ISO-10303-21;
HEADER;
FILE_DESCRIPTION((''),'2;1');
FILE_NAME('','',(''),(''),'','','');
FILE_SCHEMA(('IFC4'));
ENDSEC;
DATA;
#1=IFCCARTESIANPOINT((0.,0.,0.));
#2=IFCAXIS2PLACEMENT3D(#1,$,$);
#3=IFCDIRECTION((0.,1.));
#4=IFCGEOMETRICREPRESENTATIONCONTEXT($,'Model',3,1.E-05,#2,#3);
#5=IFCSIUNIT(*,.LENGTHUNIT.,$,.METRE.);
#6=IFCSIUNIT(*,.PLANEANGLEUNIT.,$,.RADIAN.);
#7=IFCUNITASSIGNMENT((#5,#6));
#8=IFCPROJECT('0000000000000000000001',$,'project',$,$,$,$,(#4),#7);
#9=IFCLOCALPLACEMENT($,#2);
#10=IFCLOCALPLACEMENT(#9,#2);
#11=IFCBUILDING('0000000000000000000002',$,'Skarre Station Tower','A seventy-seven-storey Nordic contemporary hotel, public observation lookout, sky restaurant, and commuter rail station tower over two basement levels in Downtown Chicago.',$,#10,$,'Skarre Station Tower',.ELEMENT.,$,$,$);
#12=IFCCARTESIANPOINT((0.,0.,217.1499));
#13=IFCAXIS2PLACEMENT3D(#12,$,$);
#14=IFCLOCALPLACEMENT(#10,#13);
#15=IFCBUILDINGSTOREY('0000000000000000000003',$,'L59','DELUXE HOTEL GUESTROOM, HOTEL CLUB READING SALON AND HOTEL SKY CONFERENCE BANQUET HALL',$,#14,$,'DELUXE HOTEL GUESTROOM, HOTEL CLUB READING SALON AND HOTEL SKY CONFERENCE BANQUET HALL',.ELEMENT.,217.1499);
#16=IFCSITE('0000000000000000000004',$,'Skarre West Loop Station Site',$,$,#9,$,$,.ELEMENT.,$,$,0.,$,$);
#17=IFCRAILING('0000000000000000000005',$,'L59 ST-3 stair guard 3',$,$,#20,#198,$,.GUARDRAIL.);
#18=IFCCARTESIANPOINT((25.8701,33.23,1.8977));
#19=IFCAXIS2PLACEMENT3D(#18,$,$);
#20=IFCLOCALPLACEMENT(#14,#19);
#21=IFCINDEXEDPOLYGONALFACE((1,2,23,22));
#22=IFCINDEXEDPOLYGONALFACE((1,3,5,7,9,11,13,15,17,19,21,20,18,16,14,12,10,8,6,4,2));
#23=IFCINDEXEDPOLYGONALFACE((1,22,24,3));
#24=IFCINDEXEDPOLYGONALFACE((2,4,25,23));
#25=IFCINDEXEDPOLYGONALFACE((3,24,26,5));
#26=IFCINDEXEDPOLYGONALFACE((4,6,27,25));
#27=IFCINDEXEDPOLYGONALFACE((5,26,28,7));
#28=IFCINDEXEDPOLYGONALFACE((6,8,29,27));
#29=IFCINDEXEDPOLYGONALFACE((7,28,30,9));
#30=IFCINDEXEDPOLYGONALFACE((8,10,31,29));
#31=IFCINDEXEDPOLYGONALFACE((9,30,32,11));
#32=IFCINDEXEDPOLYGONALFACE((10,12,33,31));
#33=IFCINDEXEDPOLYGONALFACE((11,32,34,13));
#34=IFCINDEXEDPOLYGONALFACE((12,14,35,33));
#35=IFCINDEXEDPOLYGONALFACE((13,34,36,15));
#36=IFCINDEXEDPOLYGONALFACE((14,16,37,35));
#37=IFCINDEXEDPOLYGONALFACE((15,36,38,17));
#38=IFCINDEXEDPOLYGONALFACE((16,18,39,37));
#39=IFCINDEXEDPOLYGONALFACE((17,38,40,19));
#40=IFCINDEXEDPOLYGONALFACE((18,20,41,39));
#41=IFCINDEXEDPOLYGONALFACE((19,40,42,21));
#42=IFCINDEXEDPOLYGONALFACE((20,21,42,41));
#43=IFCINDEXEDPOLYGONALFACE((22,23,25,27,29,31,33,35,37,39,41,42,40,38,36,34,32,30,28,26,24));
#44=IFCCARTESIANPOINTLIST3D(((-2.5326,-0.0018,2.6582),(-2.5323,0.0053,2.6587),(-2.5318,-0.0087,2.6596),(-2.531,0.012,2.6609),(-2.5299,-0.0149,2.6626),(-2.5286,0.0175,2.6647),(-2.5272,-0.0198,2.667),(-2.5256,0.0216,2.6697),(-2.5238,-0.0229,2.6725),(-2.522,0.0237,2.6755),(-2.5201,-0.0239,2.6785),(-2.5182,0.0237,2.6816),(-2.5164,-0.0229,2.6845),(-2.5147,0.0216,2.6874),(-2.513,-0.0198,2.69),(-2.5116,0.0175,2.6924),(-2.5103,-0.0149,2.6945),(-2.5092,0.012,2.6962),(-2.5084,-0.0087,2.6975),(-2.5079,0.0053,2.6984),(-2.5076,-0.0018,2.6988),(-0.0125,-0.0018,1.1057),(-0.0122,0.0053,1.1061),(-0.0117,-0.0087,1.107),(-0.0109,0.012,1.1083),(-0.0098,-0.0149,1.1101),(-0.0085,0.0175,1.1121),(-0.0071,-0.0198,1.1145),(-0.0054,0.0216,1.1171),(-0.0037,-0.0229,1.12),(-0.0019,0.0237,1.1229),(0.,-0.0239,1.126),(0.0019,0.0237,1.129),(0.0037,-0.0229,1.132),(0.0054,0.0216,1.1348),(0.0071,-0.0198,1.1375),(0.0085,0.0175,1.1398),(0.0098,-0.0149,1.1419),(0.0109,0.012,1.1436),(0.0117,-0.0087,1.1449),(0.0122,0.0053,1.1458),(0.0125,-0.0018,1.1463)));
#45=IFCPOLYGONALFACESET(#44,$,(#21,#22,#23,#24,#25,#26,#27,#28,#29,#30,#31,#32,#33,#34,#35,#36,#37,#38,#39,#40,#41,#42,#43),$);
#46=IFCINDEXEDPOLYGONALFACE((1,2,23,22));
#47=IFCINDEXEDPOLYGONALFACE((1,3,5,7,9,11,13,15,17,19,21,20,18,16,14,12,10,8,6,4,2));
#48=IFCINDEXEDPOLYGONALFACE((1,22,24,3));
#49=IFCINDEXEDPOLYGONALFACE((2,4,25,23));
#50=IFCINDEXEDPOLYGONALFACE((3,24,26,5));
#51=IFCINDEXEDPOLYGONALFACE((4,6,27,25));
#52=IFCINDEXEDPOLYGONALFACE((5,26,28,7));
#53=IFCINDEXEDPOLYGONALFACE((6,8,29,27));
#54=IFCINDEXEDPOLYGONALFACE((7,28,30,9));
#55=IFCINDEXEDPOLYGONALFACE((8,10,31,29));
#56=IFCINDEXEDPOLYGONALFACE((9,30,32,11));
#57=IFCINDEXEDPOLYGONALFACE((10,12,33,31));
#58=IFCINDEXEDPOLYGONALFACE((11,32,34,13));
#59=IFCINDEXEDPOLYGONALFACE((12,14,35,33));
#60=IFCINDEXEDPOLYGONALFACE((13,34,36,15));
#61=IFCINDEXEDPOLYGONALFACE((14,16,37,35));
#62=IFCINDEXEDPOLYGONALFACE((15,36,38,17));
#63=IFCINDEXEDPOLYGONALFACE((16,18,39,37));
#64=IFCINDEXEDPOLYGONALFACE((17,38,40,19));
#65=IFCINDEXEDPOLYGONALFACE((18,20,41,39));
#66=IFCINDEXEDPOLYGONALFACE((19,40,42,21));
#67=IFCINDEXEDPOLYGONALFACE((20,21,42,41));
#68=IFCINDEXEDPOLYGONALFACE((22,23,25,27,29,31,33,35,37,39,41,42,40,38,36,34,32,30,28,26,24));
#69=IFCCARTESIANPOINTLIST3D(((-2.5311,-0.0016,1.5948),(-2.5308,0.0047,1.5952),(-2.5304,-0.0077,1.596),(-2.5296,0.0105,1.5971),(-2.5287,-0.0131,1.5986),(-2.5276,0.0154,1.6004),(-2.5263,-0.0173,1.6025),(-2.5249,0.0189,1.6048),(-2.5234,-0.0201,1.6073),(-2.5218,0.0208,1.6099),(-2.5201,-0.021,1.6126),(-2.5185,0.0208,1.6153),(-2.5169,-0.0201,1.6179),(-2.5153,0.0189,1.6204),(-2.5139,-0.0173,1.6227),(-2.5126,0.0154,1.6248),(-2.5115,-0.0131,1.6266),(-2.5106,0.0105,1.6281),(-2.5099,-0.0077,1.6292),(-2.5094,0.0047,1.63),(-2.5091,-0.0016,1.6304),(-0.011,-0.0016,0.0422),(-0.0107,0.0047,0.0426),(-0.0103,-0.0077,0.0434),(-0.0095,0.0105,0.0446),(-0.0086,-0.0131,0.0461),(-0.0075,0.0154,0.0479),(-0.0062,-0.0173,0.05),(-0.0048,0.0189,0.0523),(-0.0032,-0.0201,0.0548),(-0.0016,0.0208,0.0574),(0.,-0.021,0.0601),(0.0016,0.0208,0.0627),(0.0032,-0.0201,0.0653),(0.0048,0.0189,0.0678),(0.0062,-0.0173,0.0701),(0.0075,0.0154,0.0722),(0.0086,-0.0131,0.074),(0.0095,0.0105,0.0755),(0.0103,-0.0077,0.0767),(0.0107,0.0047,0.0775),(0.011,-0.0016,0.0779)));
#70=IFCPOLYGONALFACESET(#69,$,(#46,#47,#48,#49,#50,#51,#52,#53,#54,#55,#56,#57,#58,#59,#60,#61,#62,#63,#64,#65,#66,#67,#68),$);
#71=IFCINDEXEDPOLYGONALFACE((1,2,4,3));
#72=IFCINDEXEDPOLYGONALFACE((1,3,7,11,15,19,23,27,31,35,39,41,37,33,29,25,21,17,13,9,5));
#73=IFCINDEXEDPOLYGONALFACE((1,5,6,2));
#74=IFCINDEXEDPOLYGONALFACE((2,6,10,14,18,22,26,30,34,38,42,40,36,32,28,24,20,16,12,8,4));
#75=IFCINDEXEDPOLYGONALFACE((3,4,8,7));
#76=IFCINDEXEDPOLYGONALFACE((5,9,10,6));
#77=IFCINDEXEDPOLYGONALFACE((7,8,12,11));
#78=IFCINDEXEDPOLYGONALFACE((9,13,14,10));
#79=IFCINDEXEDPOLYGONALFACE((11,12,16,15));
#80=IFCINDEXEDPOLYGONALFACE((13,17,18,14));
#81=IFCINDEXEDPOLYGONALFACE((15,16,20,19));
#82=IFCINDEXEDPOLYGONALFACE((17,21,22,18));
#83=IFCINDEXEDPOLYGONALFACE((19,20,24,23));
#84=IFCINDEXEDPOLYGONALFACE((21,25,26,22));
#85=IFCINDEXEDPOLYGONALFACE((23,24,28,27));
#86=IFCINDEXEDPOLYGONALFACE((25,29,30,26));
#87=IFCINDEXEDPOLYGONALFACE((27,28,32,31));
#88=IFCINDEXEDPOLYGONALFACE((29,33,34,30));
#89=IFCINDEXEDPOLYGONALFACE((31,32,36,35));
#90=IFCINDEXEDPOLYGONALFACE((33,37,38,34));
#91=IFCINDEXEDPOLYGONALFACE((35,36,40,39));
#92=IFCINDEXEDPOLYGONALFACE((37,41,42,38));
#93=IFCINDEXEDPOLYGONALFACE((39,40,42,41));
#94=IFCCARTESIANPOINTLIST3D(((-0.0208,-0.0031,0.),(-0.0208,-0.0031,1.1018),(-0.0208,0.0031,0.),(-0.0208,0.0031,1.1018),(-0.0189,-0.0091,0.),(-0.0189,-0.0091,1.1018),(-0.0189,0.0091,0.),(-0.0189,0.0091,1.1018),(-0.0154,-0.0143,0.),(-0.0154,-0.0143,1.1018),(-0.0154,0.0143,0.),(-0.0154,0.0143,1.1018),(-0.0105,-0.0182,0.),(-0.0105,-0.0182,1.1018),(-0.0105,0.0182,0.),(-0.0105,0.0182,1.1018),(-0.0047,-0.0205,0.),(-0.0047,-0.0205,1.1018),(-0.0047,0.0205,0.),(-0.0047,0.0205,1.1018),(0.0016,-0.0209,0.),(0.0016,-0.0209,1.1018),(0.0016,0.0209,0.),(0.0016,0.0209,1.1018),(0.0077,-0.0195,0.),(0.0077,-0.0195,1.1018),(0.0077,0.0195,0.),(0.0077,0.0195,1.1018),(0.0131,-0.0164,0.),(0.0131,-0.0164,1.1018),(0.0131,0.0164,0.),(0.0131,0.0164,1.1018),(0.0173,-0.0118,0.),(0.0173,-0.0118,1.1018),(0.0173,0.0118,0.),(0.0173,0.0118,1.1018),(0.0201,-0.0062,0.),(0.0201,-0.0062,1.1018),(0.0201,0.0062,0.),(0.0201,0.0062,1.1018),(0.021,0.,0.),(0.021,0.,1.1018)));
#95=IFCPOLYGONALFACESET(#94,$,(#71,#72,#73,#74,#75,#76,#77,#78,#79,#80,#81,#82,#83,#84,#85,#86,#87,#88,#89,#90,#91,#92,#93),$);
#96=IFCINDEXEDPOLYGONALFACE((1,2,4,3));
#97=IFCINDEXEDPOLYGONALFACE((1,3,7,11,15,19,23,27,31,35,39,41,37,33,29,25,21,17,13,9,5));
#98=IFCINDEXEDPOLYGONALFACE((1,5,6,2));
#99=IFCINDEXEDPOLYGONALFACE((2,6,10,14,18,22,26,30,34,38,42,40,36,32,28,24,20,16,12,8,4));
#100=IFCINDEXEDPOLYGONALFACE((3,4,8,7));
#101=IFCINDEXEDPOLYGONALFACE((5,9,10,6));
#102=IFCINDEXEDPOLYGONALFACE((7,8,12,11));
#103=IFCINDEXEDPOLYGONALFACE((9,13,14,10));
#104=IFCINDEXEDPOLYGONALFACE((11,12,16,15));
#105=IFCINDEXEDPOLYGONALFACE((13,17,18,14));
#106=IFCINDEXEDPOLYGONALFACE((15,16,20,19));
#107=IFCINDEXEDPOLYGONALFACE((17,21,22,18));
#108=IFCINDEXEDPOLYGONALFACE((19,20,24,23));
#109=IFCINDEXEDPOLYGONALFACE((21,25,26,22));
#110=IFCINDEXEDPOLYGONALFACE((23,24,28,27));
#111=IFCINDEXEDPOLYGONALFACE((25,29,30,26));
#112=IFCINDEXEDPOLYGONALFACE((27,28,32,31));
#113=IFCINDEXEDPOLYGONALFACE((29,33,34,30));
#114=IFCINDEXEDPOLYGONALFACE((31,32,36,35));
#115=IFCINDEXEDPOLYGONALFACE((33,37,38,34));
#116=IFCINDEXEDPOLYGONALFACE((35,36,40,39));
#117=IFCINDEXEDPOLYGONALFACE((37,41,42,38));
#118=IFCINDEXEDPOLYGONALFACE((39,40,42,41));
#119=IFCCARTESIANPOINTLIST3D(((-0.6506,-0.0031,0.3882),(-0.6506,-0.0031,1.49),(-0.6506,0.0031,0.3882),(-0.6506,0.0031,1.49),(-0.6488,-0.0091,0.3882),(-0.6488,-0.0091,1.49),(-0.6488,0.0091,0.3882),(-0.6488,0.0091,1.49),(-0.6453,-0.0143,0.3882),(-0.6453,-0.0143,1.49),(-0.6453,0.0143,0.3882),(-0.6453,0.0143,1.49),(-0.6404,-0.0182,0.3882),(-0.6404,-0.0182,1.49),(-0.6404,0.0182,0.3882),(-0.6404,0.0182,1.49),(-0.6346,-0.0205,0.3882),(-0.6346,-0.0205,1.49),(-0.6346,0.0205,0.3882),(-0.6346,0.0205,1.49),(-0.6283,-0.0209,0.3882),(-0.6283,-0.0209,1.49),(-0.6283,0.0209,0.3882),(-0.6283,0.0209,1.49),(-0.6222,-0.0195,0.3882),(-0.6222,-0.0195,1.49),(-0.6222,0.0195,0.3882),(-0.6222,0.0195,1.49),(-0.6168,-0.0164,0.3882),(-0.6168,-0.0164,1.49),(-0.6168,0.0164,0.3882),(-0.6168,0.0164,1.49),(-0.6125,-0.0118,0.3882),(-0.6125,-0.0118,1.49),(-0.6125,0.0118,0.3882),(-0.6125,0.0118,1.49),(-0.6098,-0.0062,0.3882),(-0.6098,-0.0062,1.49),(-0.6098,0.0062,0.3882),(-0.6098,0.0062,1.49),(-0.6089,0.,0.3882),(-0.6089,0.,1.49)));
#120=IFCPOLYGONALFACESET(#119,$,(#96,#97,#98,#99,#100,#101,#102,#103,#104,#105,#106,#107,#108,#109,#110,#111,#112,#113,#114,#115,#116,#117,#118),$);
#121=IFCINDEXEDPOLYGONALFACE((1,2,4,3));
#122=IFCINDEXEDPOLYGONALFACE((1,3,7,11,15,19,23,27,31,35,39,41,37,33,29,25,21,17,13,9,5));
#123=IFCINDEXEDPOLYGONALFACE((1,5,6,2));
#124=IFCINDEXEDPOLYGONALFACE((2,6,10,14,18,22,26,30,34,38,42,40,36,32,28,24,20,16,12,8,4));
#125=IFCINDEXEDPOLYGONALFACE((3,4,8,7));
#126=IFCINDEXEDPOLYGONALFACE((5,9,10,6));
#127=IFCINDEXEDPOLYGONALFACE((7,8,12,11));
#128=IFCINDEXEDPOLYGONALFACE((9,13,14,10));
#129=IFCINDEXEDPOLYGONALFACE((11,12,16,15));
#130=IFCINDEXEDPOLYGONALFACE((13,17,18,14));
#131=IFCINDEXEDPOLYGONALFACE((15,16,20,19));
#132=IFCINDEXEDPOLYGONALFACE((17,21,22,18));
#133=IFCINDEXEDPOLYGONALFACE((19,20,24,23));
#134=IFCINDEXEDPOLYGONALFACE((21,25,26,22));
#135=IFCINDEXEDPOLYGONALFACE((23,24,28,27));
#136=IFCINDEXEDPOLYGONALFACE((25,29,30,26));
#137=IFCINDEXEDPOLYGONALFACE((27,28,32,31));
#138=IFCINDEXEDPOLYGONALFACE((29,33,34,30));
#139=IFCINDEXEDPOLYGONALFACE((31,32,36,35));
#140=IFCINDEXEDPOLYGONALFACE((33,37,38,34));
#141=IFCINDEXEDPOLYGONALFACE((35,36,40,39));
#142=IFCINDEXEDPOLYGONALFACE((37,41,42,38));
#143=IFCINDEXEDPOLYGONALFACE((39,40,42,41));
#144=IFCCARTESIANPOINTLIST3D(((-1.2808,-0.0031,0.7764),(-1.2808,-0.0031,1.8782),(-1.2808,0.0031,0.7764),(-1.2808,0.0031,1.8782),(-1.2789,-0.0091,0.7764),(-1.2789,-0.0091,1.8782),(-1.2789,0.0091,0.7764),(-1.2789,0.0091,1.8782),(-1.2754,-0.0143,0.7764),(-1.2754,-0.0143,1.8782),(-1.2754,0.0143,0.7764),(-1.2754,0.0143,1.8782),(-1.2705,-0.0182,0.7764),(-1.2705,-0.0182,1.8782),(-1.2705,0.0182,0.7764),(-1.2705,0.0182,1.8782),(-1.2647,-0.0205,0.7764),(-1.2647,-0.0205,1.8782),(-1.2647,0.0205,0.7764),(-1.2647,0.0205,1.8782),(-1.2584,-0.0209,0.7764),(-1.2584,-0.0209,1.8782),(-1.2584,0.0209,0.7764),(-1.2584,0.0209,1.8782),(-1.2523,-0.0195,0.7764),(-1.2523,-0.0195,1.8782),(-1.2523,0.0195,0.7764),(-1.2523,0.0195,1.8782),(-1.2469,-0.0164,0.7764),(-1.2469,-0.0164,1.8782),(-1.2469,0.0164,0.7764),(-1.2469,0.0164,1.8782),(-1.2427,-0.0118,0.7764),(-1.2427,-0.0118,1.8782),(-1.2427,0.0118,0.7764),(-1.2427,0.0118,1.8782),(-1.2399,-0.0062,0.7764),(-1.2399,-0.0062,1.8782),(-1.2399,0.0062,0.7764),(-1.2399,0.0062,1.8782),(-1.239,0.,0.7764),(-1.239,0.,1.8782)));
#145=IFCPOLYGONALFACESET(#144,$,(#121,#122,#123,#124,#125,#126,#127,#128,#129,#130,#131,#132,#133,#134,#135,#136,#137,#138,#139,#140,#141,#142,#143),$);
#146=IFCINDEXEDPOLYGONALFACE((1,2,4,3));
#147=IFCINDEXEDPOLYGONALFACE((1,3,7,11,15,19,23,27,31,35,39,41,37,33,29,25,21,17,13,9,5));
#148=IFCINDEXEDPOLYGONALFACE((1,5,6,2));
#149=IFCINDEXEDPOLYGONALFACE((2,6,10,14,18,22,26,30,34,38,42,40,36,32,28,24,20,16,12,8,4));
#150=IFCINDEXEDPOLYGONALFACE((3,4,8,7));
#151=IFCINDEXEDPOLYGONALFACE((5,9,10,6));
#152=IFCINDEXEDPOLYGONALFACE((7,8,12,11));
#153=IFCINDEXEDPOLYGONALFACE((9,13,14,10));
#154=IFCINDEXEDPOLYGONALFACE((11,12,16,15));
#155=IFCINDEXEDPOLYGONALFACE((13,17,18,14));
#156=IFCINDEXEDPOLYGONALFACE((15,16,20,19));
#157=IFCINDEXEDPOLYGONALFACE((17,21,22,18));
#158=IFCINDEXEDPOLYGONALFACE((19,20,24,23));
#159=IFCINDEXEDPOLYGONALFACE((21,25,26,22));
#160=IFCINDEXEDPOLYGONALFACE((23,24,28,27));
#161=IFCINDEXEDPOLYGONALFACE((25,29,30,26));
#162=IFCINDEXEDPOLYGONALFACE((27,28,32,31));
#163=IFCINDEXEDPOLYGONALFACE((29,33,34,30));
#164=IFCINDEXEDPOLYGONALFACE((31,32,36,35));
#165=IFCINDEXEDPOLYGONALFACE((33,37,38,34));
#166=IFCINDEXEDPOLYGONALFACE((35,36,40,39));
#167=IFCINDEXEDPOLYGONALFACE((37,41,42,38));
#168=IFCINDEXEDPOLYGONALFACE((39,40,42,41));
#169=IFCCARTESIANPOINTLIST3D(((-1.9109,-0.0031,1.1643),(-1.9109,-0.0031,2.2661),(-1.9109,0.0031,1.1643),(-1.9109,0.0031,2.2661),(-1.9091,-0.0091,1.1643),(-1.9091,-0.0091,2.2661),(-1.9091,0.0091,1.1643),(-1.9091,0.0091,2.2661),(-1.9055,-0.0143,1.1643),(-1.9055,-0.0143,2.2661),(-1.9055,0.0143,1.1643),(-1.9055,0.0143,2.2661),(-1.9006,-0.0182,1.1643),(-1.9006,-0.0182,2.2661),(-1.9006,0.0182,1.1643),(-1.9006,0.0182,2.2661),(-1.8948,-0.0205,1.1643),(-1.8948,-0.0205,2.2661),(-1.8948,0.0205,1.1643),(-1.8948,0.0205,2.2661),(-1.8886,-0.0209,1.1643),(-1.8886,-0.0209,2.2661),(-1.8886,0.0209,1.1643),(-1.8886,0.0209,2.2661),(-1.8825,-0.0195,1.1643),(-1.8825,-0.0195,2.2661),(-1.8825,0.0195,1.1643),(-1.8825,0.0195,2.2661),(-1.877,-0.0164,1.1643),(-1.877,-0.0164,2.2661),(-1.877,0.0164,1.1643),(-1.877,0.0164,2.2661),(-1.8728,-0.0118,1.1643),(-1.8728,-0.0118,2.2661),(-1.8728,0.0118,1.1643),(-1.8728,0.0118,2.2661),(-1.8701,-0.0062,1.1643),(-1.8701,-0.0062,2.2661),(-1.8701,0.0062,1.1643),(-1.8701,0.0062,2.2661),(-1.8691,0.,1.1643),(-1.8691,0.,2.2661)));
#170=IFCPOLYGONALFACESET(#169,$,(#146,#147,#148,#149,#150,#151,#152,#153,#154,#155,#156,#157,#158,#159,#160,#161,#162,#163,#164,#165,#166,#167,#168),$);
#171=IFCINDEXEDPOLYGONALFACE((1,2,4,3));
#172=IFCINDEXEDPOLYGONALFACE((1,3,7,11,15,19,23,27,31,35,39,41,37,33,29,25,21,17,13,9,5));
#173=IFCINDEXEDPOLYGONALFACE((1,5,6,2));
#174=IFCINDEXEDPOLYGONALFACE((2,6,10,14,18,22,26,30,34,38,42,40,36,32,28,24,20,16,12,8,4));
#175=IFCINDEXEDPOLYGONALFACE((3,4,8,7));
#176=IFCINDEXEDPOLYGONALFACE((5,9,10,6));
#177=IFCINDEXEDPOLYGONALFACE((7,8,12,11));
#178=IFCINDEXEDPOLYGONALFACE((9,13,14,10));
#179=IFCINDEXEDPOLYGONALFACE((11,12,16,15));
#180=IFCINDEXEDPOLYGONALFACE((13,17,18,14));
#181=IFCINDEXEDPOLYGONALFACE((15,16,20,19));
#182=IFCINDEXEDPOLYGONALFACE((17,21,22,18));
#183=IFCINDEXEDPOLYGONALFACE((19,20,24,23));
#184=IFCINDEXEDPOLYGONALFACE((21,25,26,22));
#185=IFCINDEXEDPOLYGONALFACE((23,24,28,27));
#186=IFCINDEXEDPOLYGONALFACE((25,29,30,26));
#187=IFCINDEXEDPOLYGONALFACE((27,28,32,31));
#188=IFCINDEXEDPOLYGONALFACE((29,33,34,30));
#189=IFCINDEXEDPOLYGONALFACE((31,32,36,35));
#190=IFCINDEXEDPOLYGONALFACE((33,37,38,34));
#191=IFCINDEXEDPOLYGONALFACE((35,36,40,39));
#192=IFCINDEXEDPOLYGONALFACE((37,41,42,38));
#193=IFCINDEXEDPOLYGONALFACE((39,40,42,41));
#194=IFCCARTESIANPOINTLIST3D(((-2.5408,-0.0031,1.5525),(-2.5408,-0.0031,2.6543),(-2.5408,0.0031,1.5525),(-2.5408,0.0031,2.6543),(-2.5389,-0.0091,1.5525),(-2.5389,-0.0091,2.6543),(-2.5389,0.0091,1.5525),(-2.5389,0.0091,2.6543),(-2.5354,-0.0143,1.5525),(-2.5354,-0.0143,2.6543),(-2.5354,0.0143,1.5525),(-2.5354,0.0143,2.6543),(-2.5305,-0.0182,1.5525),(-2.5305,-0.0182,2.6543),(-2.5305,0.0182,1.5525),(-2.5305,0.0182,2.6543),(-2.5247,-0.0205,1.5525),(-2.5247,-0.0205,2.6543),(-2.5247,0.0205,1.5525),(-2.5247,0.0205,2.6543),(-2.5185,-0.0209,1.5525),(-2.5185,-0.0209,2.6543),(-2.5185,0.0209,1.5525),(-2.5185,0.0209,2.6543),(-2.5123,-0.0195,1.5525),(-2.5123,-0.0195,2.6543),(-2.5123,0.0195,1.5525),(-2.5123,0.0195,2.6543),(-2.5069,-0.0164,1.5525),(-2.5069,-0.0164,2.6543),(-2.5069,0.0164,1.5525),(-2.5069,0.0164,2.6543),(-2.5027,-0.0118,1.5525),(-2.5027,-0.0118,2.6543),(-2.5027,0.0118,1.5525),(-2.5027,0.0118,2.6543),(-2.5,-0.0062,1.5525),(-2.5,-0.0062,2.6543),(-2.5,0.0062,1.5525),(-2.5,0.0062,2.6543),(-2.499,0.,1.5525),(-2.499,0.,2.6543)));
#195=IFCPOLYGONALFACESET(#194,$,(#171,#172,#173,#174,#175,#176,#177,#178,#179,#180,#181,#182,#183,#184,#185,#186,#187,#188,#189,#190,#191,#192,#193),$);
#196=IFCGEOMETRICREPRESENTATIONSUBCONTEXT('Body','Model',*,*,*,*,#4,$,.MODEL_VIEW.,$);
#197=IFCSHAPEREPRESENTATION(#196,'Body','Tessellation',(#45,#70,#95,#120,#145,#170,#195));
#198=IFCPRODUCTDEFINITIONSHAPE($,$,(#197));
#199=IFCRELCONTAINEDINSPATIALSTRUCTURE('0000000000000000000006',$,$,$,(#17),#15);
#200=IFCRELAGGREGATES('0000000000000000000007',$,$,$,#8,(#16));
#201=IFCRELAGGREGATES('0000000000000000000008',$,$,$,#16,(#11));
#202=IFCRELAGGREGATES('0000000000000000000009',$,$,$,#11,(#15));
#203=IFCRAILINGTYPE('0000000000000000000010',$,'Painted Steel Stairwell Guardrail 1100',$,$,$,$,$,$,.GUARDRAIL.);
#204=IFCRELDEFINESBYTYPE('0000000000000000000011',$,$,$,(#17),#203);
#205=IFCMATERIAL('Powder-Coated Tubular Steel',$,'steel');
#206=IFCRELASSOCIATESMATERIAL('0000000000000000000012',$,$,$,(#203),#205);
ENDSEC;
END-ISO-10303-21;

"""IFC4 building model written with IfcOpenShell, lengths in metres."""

from ifc_helpers import new_model, si_unit, direction, frame, origin, origin_2d, place, context, subcontext, project, spatial, circle, extrude, material, type_object, element, save


model = new_model("IFC4")

# Units and contexts
model_context = context("Model", 3, precision=1e-05, world=origin(), true_north=direction((0.0, 1.0)))
body_context = subcontext(model_context, "Body", "Model", "MODEL_VIEW")
ifc_project = project(units=[si_unit("LENGTHUNIT", "METRE"), si_unit("PLANEANGLEUNIT", "RADIAN")], contexts=[model_context])

# Site, building, storey
site_placement = place(None, origin())
site = spatial("IfcSite", under=ifc_project, at=site_placement, Name="Skarre West Loop Station Site", CompositionType="ELEMENT", RefElevation=0.0)
building_placement = place(site_placement, origin())
building = spatial("IfcBuilding", under=site, at=building_placement, Name="Skarre Station Tower", Description="A seventy-seven-storey Nordic contemporary hotel, public observation lookout, sky restaurant, and commuter rail station tower over two basement levels in Downtown Chicago.", LongName="Skarre Station Tower", CompositionType="ELEMENT")
storey_placement = place(building_placement, frame((0.0, 0.0, 217.1499)))
storey = spatial("IfcBuildingStorey", under=building, at=storey_placement, Name="L59", Description="DELUXE HOTEL GUESTROOM, HOTEL CLUB READING SALON AND HOTEL SKY CONFERENCE BANQUET HALL", LongName="DELUXE HOTEL GUESTROOM, HOTEL CLUB READING SALON AND HOTEL SKY CONFERENCE BANQUET HALL", CompositionType="ELEMENT", Elevation=217.1499)

# Railing
ifc_material_1 = material(Name="Powder-Coated Tubular Steel", Category="steel")
railing_type_1 = type_object("IfcRailingType", Name="Painted Steel Stairwell Guardrail 1100", PredefinedType="GUARDRAIL", material=ifc_material_1)
railing_1_placement = place(storey_placement, frame((25.8701, 33.23, 1.8977)))
element("IfcRailing", 1, at=railing_1_placement, inside=storey, type_object=railing_type_1, Name="L59 ST-3 stair guard 3", PredefinedType="GUARDRAIL", context=body_context, shape_type="SweptSolid", body=[
    extrude(circle(Radius=0.0239, at=origin_2d()), frame((0.0, 0.0, 1.126), z_axis=(-0.8514, 0.0, 0.524516), x_axis=(0.0, -1.0, 0.0)), (0.0, 0.0, 1.0), 2.96),
    extrude(circle(Radius=0.021, at=origin_2d()), frame((0.0, 0.0, 0.0601), z_axis=(-0.8514, 0.0, 0.524516), x_axis=(0.0, -1.0, 0.0)), (0.0, 0.0, 1.0), 2.96),
    extrude(circle(Radius=0.021, at=origin_2d()), origin(), (0.0, 0.0, 1.0), 1.1018),
    extrude(circle(Radius=0.021, at=origin_2d()), frame((-0.6299, 0.0, 0.3882)), (0.0, 0.0, 1.0), 1.1018),
    extrude(circle(Radius=0.021, at=origin_2d()), frame((-1.26, 0.0, 0.7764)), (0.0, 0.0, 1.0), 1.1018),
    extrude(circle(Radius=0.021, at=origin_2d()), frame((-1.8901, 0.0, 1.1643)), (0.0, 0.0, 1.0), 1.1018),
    extrude(circle(Radius=0.021, at=origin_2d()), frame((-2.52, 0.0, 1.5525)), (0.0, 0.0, 1.0), 1.1018),
])

save(model, "model.ifc")
